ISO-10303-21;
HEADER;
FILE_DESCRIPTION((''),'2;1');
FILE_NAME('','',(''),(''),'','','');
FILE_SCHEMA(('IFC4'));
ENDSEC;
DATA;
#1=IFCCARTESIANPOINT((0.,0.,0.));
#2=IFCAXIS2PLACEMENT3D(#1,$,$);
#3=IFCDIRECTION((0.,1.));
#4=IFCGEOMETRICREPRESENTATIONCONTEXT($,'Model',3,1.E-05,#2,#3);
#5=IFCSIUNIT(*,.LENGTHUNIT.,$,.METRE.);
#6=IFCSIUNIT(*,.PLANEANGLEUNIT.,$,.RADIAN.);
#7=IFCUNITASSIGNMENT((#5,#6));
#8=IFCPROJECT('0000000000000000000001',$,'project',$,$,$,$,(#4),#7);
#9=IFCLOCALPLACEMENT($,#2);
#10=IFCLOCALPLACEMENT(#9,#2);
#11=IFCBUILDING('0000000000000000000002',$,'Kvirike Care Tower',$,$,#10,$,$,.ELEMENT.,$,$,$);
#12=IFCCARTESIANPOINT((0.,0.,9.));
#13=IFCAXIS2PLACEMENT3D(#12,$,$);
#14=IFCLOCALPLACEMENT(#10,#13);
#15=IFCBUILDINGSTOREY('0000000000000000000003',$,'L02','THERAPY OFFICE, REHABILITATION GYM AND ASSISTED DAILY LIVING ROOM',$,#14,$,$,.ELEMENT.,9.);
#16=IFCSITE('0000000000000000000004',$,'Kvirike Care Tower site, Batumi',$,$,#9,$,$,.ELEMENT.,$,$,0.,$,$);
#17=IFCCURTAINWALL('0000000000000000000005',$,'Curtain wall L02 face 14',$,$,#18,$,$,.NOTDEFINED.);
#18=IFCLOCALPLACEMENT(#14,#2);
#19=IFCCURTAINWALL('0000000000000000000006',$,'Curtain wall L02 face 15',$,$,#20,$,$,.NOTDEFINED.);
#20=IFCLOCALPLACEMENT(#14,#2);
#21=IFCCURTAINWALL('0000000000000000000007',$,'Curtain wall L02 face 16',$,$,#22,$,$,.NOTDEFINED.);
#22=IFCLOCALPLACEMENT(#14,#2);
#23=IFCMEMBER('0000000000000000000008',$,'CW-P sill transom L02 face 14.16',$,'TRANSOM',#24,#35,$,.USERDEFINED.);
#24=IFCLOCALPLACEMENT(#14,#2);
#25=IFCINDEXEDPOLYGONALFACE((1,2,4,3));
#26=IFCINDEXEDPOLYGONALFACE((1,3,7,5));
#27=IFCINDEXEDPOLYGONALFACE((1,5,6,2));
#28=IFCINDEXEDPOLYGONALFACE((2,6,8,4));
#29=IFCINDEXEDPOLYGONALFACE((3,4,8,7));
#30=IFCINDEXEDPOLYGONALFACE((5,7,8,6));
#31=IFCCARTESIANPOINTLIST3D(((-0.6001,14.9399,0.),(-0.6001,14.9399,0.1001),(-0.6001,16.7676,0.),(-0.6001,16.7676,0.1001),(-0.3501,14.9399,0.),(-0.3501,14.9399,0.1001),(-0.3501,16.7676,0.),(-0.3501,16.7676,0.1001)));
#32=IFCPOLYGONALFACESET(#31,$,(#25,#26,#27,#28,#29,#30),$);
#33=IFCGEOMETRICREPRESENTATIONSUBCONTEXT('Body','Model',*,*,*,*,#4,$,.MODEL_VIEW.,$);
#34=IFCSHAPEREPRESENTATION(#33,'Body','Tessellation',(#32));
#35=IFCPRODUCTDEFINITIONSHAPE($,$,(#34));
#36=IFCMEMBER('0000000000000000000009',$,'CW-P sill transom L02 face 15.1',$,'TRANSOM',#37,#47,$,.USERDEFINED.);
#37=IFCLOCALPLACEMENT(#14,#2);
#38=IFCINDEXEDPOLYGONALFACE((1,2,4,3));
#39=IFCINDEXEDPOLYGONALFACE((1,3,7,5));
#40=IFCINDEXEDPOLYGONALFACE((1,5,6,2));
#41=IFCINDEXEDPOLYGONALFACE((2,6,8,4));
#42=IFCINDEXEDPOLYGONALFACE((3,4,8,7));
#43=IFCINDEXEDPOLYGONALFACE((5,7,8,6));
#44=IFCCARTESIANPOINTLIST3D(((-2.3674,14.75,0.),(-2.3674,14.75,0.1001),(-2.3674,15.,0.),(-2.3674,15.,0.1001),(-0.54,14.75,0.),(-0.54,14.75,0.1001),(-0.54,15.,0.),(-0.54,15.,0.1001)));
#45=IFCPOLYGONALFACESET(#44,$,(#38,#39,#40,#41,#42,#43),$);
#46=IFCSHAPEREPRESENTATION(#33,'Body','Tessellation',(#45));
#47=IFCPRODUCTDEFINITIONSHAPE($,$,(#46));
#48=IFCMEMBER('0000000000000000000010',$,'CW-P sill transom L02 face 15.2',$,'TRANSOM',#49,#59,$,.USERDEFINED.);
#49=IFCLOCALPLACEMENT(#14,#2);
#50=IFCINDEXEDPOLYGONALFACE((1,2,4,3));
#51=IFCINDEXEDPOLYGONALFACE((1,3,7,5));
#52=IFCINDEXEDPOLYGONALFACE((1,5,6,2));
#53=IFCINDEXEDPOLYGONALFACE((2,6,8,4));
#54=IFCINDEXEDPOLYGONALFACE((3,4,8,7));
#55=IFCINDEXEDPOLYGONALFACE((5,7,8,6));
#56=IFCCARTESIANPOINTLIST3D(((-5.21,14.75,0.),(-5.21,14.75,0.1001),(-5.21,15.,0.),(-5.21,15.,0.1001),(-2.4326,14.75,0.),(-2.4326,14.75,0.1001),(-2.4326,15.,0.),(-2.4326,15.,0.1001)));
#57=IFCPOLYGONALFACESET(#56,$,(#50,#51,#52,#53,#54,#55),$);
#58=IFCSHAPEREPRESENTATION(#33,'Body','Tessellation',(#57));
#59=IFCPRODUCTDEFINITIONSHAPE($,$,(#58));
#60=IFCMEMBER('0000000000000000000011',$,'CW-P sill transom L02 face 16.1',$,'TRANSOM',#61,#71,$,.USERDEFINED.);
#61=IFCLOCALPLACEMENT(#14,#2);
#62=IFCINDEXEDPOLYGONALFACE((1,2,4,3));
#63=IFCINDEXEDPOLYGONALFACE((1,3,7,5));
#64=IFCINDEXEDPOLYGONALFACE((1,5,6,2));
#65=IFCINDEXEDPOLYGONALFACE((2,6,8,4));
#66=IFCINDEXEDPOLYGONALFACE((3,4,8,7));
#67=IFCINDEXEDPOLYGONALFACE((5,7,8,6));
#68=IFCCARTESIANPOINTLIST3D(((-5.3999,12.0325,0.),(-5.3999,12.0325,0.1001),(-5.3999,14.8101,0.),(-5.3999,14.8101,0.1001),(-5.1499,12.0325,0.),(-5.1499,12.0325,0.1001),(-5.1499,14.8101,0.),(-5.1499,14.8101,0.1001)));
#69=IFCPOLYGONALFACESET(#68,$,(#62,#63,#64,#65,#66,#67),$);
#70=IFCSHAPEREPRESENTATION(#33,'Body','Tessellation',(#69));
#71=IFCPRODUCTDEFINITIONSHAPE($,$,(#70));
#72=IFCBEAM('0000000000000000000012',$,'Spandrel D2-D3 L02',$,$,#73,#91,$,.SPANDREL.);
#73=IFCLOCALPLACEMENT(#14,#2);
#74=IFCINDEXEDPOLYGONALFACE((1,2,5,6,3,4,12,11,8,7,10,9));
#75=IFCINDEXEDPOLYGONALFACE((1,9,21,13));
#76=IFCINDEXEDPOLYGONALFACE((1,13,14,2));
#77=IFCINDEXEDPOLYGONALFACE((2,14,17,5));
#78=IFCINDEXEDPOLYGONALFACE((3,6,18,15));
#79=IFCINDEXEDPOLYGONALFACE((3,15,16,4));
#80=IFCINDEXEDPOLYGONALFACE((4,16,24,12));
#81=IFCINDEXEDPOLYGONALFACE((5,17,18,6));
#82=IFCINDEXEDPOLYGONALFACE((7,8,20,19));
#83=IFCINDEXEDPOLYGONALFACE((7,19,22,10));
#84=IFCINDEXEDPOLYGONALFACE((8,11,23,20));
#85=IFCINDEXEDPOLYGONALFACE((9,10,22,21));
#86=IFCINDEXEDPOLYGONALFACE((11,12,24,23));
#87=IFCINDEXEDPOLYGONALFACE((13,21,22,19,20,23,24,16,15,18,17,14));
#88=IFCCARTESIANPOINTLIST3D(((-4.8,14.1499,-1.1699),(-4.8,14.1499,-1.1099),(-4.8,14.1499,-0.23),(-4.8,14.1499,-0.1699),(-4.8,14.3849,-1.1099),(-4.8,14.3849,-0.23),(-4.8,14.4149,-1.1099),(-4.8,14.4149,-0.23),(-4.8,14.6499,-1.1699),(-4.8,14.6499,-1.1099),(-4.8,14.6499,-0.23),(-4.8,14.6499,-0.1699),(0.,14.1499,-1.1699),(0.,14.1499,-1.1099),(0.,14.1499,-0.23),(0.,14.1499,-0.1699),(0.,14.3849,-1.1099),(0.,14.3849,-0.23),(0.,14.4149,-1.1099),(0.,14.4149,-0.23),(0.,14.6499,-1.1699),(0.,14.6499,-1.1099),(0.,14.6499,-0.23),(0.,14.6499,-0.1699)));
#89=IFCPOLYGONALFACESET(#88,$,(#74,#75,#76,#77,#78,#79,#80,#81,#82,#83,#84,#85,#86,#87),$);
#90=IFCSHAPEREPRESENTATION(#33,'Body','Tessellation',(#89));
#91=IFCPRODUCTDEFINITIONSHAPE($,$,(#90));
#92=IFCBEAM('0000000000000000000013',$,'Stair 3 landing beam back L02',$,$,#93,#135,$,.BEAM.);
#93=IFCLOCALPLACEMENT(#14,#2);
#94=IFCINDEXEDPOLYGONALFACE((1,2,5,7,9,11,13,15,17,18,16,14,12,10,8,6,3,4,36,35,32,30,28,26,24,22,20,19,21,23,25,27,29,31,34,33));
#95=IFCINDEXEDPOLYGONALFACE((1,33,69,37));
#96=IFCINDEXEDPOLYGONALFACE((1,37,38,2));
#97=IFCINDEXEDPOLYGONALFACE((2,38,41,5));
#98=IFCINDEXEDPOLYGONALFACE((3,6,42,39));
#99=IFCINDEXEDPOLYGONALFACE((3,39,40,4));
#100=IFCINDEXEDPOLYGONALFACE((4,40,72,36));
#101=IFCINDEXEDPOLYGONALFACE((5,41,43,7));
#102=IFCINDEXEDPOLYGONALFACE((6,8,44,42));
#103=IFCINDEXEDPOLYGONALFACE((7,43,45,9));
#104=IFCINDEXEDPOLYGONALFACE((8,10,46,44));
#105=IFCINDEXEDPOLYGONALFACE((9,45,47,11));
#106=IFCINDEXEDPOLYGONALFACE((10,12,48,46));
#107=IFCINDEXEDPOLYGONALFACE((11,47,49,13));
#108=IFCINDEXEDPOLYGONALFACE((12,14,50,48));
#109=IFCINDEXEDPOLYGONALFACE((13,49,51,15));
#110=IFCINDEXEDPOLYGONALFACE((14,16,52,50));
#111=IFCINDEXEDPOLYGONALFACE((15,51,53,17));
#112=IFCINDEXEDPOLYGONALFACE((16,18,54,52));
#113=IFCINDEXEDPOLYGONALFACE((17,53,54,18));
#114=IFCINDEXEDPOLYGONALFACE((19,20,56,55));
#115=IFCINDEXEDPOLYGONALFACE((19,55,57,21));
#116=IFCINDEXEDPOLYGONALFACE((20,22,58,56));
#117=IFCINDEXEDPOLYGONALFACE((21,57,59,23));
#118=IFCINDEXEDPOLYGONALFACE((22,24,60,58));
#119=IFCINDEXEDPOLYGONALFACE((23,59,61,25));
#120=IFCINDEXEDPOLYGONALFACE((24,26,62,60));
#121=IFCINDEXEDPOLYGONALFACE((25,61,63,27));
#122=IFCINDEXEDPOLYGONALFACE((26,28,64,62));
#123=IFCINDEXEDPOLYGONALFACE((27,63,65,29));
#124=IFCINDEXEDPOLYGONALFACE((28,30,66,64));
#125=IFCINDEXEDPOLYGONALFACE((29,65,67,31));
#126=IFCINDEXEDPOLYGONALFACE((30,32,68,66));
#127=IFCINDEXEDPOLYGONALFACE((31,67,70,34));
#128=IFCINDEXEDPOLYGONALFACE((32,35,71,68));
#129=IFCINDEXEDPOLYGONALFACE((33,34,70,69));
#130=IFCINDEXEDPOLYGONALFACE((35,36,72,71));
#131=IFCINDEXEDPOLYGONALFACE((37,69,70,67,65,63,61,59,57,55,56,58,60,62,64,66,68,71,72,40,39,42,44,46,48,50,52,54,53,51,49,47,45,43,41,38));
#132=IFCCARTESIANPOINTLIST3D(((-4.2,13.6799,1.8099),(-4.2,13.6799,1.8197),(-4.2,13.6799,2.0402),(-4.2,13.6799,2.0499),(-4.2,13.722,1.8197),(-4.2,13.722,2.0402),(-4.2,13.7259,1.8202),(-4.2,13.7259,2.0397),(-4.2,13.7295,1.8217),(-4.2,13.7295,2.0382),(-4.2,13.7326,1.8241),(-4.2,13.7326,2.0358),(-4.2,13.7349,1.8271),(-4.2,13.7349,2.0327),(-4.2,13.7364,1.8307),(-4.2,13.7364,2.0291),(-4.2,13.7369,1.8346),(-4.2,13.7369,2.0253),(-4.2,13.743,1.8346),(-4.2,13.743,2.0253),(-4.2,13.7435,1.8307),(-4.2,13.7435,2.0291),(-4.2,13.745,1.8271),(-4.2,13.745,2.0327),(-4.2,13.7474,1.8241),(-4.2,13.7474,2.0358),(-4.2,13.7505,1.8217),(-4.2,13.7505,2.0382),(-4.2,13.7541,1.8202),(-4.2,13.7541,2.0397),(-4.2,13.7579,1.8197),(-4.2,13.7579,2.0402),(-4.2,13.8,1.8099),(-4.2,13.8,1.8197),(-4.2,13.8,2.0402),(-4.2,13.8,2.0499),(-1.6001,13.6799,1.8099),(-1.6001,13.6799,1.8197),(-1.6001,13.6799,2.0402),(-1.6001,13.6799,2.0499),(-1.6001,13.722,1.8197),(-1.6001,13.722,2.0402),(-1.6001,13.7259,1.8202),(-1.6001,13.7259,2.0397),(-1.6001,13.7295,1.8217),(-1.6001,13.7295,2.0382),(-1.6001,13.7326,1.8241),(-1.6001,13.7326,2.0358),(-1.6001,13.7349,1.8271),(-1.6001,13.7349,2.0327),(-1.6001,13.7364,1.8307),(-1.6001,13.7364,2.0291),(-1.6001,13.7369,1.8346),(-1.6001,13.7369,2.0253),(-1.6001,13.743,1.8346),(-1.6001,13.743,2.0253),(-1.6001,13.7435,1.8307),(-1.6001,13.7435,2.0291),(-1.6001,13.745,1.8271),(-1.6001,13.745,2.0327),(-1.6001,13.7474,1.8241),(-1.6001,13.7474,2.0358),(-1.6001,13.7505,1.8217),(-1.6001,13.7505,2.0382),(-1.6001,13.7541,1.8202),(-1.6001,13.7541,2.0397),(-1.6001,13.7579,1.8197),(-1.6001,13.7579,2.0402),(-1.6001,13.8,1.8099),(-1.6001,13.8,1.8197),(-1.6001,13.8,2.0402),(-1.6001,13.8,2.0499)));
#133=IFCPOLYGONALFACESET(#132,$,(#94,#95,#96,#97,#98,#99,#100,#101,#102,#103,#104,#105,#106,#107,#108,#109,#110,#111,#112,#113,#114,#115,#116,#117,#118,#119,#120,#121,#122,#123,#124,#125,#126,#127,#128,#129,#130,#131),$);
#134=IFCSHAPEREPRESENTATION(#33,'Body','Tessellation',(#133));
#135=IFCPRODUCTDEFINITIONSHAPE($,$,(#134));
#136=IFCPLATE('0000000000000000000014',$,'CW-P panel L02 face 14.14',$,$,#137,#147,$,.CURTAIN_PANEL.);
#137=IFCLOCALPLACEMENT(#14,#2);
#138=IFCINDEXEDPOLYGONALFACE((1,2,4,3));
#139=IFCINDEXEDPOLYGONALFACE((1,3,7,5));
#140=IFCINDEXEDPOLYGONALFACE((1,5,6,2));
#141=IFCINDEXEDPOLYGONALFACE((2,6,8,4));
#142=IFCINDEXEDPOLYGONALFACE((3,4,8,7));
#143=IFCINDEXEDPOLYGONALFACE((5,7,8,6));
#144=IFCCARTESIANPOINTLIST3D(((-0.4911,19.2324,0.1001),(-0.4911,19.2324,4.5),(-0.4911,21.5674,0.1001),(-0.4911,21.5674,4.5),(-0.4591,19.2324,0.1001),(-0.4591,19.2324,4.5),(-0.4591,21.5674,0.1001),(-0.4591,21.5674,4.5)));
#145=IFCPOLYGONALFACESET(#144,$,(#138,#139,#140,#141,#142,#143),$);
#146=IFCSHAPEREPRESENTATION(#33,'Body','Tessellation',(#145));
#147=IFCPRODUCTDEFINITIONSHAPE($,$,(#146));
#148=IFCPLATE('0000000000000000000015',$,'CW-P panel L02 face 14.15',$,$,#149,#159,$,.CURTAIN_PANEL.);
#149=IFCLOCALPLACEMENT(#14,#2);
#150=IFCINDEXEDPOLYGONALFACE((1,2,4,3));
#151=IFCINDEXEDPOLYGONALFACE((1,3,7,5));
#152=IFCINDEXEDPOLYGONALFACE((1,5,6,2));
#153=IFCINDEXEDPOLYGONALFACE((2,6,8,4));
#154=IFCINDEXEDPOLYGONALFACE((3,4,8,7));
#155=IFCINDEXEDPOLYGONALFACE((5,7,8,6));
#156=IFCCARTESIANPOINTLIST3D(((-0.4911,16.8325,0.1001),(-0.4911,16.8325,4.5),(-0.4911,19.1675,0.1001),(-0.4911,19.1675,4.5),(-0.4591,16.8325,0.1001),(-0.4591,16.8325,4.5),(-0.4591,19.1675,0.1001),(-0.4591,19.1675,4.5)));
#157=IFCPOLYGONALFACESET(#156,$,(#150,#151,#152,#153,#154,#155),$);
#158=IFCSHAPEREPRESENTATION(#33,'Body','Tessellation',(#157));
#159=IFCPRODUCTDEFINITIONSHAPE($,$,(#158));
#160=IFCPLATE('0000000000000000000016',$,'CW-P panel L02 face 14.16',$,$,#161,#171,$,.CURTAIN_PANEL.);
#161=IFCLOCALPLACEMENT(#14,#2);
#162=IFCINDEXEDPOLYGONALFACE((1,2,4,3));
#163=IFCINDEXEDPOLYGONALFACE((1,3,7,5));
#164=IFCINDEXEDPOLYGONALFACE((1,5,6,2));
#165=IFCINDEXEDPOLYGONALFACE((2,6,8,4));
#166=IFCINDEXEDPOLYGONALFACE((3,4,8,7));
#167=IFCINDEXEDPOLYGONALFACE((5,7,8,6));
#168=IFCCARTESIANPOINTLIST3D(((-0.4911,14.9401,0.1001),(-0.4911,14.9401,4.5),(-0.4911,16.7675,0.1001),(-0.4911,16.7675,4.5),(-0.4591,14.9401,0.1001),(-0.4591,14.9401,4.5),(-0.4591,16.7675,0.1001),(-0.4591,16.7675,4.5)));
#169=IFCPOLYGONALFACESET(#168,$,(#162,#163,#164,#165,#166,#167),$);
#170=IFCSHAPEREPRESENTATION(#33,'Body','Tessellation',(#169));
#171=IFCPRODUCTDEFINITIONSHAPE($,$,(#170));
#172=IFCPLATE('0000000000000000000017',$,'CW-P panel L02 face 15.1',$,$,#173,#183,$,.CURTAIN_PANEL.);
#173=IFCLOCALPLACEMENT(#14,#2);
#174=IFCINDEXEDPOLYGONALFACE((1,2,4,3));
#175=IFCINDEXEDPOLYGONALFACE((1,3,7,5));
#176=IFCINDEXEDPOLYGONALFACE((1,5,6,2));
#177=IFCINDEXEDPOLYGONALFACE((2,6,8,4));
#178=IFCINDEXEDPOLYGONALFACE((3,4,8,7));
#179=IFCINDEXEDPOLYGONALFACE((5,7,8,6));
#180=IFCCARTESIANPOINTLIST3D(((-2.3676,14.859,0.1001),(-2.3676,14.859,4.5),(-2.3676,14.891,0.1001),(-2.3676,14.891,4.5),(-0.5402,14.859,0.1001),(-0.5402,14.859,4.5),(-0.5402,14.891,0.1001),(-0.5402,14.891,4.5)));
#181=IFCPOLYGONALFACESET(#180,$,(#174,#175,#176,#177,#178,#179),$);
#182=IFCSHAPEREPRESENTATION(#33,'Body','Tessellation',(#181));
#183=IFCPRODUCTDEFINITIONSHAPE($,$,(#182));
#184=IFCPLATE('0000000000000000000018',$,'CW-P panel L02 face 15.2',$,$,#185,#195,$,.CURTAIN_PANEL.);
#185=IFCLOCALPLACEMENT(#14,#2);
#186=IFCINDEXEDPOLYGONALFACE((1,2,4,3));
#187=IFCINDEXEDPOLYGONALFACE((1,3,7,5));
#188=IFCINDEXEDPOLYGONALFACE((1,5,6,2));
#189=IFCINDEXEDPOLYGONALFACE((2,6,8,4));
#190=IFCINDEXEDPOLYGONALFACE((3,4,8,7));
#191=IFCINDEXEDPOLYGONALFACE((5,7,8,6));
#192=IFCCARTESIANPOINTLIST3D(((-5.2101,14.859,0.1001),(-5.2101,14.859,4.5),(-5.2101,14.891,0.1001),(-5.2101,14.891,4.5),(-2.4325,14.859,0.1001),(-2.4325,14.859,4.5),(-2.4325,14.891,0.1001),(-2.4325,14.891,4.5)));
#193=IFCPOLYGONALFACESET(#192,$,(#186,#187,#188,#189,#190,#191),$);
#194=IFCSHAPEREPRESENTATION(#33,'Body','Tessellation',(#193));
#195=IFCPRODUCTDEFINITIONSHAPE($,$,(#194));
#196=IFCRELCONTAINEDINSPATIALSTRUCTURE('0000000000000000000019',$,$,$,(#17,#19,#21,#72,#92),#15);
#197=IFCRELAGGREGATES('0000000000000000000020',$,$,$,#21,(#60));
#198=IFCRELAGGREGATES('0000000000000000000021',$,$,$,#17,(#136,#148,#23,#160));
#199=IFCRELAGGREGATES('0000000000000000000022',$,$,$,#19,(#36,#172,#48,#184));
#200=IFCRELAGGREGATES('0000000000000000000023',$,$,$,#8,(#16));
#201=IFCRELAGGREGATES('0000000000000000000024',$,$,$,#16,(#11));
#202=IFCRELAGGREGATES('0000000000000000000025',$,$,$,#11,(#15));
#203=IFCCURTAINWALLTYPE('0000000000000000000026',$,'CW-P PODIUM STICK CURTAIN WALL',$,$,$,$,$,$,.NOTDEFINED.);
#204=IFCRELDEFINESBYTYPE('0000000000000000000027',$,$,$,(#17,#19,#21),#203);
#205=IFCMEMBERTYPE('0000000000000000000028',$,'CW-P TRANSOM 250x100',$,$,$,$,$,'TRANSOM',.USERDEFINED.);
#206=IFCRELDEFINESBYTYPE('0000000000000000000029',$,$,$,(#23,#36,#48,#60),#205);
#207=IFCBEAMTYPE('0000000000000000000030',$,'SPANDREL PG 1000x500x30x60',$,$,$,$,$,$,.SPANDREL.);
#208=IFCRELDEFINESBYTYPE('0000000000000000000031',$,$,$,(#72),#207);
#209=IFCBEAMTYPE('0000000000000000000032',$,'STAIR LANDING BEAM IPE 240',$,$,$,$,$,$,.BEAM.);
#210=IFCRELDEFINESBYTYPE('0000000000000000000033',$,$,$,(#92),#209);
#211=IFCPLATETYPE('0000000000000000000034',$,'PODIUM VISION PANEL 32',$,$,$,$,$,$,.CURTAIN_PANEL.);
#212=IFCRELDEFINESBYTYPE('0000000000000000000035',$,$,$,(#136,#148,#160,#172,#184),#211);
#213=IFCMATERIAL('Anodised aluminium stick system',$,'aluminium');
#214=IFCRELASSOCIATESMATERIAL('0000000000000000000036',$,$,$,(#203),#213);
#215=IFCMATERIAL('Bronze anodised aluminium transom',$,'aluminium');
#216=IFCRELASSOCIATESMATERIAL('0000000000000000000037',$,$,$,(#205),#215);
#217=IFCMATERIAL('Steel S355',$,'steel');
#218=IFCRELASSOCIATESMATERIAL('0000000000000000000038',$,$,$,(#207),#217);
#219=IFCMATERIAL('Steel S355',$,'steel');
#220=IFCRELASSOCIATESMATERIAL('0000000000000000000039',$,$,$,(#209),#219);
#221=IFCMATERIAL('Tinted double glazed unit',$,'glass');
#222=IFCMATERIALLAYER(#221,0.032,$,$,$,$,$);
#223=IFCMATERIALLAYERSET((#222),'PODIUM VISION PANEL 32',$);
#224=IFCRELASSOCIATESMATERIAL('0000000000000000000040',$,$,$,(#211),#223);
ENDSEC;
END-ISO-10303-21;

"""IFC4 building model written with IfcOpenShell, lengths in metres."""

from ifc_helpers import new_model, si_unit, direction, frame, origin, origin_2d, place, context, subcontext, project, spatial, rectangle, i_section, extrude, material, layer, layer_set, material_profile, profile_set, type_object, element, aggregate, save


model = new_model("IFC4")

# Units and contexts
model_context = context("Model", 3, precision=1e-05, world=origin(), true_north=direction((0.0, 1.0)))
body_context = subcontext(model_context, "Body", "Model", "MODEL_VIEW")
ifc_project = project(units=[si_unit("LENGTHUNIT", "METRE"), si_unit("PLANEANGLEUNIT", "RADIAN")], contexts=[model_context])

# Site, building, storey
site_placement = place(None, origin())
site = spatial("IfcSite", under=ifc_project, at=site_placement, Name="Kvirike Care Tower site, Batumi", CompositionType="ELEMENT", RefElevation=0.0)
building_placement = place(site_placement, origin())
building = spatial("IfcBuilding", under=site, at=building_placement, Name="Kvirike Care Tower", CompositionType="ELEMENT")
storey_placement = place(building_placement, frame((0.0, 0.0, 9.0)))
storey = spatial("IfcBuildingStorey", under=building, at=storey_placement, Name="L02", Description="THERAPY OFFICE, REHABILITATION GYM AND ASSISTED DAILY LIVING ROOM", CompositionType="ELEMENT", Elevation=9.0)

# Curtain walls
ifc_material_1 = material(Name="Anodised aluminium stick system", Category="aluminium")
curtain_wall_type = type_object("IfcCurtainWallType", Name="CW-P PODIUM STICK CURTAIN WALL", PredefinedType="NOTDEFINED", material=ifc_material_1)
curtain_wall_1_placement = place(storey_placement, origin())
curtain_wall_1 = element("IfcCurtainWall", 1, at=curtain_wall_1_placement, inside=storey, type_object=curtain_wall_type, Name="Curtain wall L02 face 14", PredefinedType="NOTDEFINED")
curtain_wall_2_placement = place(storey_placement, origin())
curtain_wall_2 = element("IfcCurtainWall", 2, at=curtain_wall_2_placement, inside=storey, type_object=curtain_wall_type, Name="Curtain wall L02 face 15", PredefinedType="NOTDEFINED")

# Curtain wall
curtain_wall_3_placement = place(storey_placement, origin())
curtain_wall_3 = element("IfcCurtainWall", 3, at=curtain_wall_3_placement, inside=storey, type_object=curtain_wall_type, Name="Curtain wall L02 face 16", PredefinedType="NOTDEFINED")

# Members
ifc_material_2 = material(Name="Bronze anodised aluminium transom", Category="aluminium")
ifc_material_profile_1 = material_profile(ifc_material_2, rectangle(XDim=0.25, YDim=0.1001, at=origin_2d()), Name="CW-P TRANSOM 250x100")
ifc_profile_set_1 = profile_set([ifc_material_profile_1], Name="Bronze anodised aluminium transom")
member_type_1 = type_object("IfcMemberType", Name="CW-P TRANSOM 250x100", ElementType="TRANSOM", PredefinedType="USERDEFINED", material=ifc_profile_set_1)
member_1_placement = place(storey_placement, frame((-0.4751, 16.7676, 0.05), z_axis=(0.0, -1.0, 0.0), x_axis=(1.0, 0.0, 0.0)))
member_1 = element("IfcMember", 4, at=member_1_placement, type_object=member_type_1, Name="CW-P sill transom L02 face 14.16", ObjectType="TRANSOM", PredefinedType="USERDEFINED", context=body_context, shape_type="SweptSolid", body=[
    extrude(rectangle(XDim=0.25, YDim=0.1001, at=origin_2d()), origin(), (0.0, 0.0, 1.0), 1.8276),
])
member_2_placement = place(storey_placement, frame((-0.54, 14.875, 0.05), z_axis=(-1.0, 0.0, 0.0), x_axis=(0.0, -1.0, 0.0)))
member_2 = element("IfcMember", 5, at=member_2_placement, type_object=member_type_1, Name="CW-P sill transom L02 face 15.1", ObjectType="TRANSOM", PredefinedType="USERDEFINED", context=body_context, shape_type="SweptSolid", body=[
    extrude(rectangle(XDim=0.25, YDim=0.1001, at=origin_2d()), origin(), (0.0, 0.0, 1.0), 1.8274),
])
member_3_placement = place(storey_placement, frame((-2.4326, 14.875, 0.05), z_axis=(-1.0, 0.0, 0.0), x_axis=(0.0, -1.0, 0.0)))
member_3 = element("IfcMember", 6, at=member_3_placement, type_object=member_type_1, Name="CW-P sill transom L02 face 15.2", ObjectType="TRANSOM", PredefinedType="USERDEFINED", context=body_context, shape_type="SweptSolid", body=[
    extrude(rectangle(XDim=0.25, YDim=0.1001, at=origin_2d()), origin(), (0.0, 0.0, 1.0), 2.7773),
])
member_4_placement = place(storey_placement, frame((-5.2749, 14.8101, 0.05), z_axis=(0.0, -1.0, 0.0), x_axis=(1.0, 0.0, 0.0)))
member_4 = element("IfcMember", 7, at=member_4_placement, type_object=member_type_1, Name="CW-P sill transom L02 face 16.1", ObjectType="TRANSOM", PredefinedType="USERDEFINED", context=body_context, shape_type="SweptSolid", body=[
    extrude(rectangle(XDim=0.25, YDim=0.1001, at=origin_2d()), origin(), (0.0, 0.0, 1.0), 2.7776),
])
aggregate(curtain_wall_3, [member_4])

# Beams
ifc_material_3 = material(Name="Steel S355", Category="steel")
ifc_material_profile_2 = material_profile(ifc_material_3, i_section(OverallWidth=0.5, OverallDepth=1.0, WebThickness=0.03, FlangeThickness=0.0601, at=origin_2d()), Name="PG 1000x500x30x60")
ifc_profile_set_2 = profile_set([ifc_material_profile_2], Name="Steel S355")
beam_type_1 = type_object("IfcBeamType", Name="SPANDREL PG 1000x500x30x60", PredefinedType="SPANDREL", material=ifc_profile_set_2)
beam_1_placement = place(storey_placement, frame((-4.8, 14.3999, -0.6699), z_axis=(1.0, 0.0, 0.0), x_axis=(0.0, 1.0, 0.0)))
element("IfcBeam", 8, at=beam_1_placement, inside=storey, type_object=beam_type_1, Name="Spandrel D2-D3 L02", PredefinedType="SPANDREL", context=body_context, shape_type="SweptSolid", body=[
    extrude(i_section(OverallWidth=0.5, OverallDepth=1.0, WebThickness=0.03, FlangeThickness=0.0601, at=origin_2d()), origin(), (0.0, 0.0, 1.0), 4.8),
])
ifc_material_4 = material(Name="Steel S355", Category="steel")
ifc_material_profile_3 = material_profile(ifc_material_4, i_section(OverallWidth=0.1201, OverallDepth=0.24, WebThickness=0.0061, FlangeThickness=0.0098, FilletRadius=0.0149, at=origin_2d()), Name="IPE 240")
ifc_profile_set_3 = profile_set([ifc_material_profile_3], Name="Steel S355")
beam_type_2 = type_object("IfcBeamType", Name="STAIR LANDING BEAM IPE 240", PredefinedType="BEAM", material=ifc_profile_set_3)
beam_2_placement = place(storey_placement, frame((-4.2, 13.74, 1.9299), z_axis=(1.0, 0.0, 0.0), x_axis=(0.0, 1.0, 0.0)))
element("IfcBeam", 9, at=beam_2_placement, inside=storey, type_object=beam_type_2, Name="Stair 3 landing beam back L02", PredefinedType="BEAM", context=body_context, shape_type="SweptSolid", body=[
    extrude(i_section(OverallWidth=0.1201, OverallDepth=0.24, WebThickness=0.0061, FlangeThickness=0.0098, FilletRadius=0.0149, at=origin_2d()), origin(), (0.0, 0.0, 1.0), 2.5999),
])

# Plates
ifc_material_5 = material(Name="Tinted double glazed unit", Category="glass")
ifc_layer_1 = layer(ifc_material_5, 0.032)
ifc_layer_set_1 = layer_set([ifc_layer_1], Name="PODIUM VISION PANEL 32")
plate_type = type_object("IfcPlateType", Name="PODIUM VISION PANEL 32", PredefinedType="CURTAIN_PANEL", material=ifc_layer_set_1)
plate_1_placement = place(storey_placement, frame((-0.4751, 20.3999, 0.1001), z_axis=(0.0, 0.0, 1.0), x_axis=(0.0, -1.0, 0.0)))
plate_1 = element("IfcPlate", 10, at=plate_1_placement, type_object=plate_type, Name="CW-P panel L02 face 14.14", PredefinedType="CURTAIN_PANEL", context=body_context, shape_type="SweptSolid", body=[
    extrude(rectangle(XDim=2.335, YDim=0.032, at=origin_2d()), origin(), (0.0, 0.0, 1.0), 4.3999),
])
plate_2_placement = place(storey_placement, frame((-0.4751, 18.0, 0.1001), z_axis=(0.0, 0.0, 1.0), x_axis=(0.0, -1.0, 0.0)))
plate_2 = element("IfcPlate", 11, at=plate_2_placement, type_object=plate_type, Name="CW-P panel L02 face 14.15", PredefinedType="CURTAIN_PANEL", context=body_context, shape_type="SweptSolid", body=[
    extrude(rectangle(XDim=2.335, YDim=0.032, at=origin_2d()), origin(), (0.0, 0.0, 1.0), 4.3999),
])
plate_3_placement = place(storey_placement, frame((-0.4751, 15.8538, 0.1001), z_axis=(0.0, 0.0, 1.0), x_axis=(0.0, -1.0, 0.0)))
plate_3 = element("IfcPlate", 12, at=plate_3_placement, type_object=plate_type, Name="CW-P panel L02 face 14.16", PredefinedType="CURTAIN_PANEL", context=body_context, shape_type="SweptSolid", body=[
    extrude(rectangle(XDim=1.8274, YDim=0.032, at=origin_2d()), origin(), (0.0, 0.0, 1.0), 4.3999),
])
aggregate(curtain_wall_1, [plate_1, plate_2, member_1, plate_3])
plate_4_placement = place(storey_placement, frame((-1.4539, 14.875, 0.1001), z_axis=(0.0, 0.0, 1.0), x_axis=(-1.0, 0.0, 0.0)))
plate_4 = element("IfcPlate", 13, at=plate_4_placement, type_object=plate_type, Name="CW-P panel L02 face 15.1", PredefinedType="CURTAIN_PANEL", context=body_context, shape_type="SweptSolid", body=[
    extrude(rectangle(XDim=1.8274, YDim=0.032, at=origin_2d()), origin(), (0.0, 0.0, 1.0), 4.3999),
])
plate_5_placement = place(storey_placement, frame((-3.8213, 14.875, 0.1001), z_axis=(0.0, 0.0, 1.0), x_axis=(-1.0, 0.0, 0.0)))
plate_5 = element("IfcPlate", 14, at=plate_5_placement, type_object=plate_type, Name="CW-P panel L02 face 15.2", PredefinedType="CURTAIN_PANEL", context=body_context, shape_type="SweptSolid", body=[
    extrude(rectangle(XDim=2.7776, YDim=0.032, at=origin_2d()), origin(), (0.0, 0.0, 1.0), 4.3999),
])
aggregate(curtain_wall_2, [member_2, plate_4, member_3, plate_5])

save(model, "model.ifc")
